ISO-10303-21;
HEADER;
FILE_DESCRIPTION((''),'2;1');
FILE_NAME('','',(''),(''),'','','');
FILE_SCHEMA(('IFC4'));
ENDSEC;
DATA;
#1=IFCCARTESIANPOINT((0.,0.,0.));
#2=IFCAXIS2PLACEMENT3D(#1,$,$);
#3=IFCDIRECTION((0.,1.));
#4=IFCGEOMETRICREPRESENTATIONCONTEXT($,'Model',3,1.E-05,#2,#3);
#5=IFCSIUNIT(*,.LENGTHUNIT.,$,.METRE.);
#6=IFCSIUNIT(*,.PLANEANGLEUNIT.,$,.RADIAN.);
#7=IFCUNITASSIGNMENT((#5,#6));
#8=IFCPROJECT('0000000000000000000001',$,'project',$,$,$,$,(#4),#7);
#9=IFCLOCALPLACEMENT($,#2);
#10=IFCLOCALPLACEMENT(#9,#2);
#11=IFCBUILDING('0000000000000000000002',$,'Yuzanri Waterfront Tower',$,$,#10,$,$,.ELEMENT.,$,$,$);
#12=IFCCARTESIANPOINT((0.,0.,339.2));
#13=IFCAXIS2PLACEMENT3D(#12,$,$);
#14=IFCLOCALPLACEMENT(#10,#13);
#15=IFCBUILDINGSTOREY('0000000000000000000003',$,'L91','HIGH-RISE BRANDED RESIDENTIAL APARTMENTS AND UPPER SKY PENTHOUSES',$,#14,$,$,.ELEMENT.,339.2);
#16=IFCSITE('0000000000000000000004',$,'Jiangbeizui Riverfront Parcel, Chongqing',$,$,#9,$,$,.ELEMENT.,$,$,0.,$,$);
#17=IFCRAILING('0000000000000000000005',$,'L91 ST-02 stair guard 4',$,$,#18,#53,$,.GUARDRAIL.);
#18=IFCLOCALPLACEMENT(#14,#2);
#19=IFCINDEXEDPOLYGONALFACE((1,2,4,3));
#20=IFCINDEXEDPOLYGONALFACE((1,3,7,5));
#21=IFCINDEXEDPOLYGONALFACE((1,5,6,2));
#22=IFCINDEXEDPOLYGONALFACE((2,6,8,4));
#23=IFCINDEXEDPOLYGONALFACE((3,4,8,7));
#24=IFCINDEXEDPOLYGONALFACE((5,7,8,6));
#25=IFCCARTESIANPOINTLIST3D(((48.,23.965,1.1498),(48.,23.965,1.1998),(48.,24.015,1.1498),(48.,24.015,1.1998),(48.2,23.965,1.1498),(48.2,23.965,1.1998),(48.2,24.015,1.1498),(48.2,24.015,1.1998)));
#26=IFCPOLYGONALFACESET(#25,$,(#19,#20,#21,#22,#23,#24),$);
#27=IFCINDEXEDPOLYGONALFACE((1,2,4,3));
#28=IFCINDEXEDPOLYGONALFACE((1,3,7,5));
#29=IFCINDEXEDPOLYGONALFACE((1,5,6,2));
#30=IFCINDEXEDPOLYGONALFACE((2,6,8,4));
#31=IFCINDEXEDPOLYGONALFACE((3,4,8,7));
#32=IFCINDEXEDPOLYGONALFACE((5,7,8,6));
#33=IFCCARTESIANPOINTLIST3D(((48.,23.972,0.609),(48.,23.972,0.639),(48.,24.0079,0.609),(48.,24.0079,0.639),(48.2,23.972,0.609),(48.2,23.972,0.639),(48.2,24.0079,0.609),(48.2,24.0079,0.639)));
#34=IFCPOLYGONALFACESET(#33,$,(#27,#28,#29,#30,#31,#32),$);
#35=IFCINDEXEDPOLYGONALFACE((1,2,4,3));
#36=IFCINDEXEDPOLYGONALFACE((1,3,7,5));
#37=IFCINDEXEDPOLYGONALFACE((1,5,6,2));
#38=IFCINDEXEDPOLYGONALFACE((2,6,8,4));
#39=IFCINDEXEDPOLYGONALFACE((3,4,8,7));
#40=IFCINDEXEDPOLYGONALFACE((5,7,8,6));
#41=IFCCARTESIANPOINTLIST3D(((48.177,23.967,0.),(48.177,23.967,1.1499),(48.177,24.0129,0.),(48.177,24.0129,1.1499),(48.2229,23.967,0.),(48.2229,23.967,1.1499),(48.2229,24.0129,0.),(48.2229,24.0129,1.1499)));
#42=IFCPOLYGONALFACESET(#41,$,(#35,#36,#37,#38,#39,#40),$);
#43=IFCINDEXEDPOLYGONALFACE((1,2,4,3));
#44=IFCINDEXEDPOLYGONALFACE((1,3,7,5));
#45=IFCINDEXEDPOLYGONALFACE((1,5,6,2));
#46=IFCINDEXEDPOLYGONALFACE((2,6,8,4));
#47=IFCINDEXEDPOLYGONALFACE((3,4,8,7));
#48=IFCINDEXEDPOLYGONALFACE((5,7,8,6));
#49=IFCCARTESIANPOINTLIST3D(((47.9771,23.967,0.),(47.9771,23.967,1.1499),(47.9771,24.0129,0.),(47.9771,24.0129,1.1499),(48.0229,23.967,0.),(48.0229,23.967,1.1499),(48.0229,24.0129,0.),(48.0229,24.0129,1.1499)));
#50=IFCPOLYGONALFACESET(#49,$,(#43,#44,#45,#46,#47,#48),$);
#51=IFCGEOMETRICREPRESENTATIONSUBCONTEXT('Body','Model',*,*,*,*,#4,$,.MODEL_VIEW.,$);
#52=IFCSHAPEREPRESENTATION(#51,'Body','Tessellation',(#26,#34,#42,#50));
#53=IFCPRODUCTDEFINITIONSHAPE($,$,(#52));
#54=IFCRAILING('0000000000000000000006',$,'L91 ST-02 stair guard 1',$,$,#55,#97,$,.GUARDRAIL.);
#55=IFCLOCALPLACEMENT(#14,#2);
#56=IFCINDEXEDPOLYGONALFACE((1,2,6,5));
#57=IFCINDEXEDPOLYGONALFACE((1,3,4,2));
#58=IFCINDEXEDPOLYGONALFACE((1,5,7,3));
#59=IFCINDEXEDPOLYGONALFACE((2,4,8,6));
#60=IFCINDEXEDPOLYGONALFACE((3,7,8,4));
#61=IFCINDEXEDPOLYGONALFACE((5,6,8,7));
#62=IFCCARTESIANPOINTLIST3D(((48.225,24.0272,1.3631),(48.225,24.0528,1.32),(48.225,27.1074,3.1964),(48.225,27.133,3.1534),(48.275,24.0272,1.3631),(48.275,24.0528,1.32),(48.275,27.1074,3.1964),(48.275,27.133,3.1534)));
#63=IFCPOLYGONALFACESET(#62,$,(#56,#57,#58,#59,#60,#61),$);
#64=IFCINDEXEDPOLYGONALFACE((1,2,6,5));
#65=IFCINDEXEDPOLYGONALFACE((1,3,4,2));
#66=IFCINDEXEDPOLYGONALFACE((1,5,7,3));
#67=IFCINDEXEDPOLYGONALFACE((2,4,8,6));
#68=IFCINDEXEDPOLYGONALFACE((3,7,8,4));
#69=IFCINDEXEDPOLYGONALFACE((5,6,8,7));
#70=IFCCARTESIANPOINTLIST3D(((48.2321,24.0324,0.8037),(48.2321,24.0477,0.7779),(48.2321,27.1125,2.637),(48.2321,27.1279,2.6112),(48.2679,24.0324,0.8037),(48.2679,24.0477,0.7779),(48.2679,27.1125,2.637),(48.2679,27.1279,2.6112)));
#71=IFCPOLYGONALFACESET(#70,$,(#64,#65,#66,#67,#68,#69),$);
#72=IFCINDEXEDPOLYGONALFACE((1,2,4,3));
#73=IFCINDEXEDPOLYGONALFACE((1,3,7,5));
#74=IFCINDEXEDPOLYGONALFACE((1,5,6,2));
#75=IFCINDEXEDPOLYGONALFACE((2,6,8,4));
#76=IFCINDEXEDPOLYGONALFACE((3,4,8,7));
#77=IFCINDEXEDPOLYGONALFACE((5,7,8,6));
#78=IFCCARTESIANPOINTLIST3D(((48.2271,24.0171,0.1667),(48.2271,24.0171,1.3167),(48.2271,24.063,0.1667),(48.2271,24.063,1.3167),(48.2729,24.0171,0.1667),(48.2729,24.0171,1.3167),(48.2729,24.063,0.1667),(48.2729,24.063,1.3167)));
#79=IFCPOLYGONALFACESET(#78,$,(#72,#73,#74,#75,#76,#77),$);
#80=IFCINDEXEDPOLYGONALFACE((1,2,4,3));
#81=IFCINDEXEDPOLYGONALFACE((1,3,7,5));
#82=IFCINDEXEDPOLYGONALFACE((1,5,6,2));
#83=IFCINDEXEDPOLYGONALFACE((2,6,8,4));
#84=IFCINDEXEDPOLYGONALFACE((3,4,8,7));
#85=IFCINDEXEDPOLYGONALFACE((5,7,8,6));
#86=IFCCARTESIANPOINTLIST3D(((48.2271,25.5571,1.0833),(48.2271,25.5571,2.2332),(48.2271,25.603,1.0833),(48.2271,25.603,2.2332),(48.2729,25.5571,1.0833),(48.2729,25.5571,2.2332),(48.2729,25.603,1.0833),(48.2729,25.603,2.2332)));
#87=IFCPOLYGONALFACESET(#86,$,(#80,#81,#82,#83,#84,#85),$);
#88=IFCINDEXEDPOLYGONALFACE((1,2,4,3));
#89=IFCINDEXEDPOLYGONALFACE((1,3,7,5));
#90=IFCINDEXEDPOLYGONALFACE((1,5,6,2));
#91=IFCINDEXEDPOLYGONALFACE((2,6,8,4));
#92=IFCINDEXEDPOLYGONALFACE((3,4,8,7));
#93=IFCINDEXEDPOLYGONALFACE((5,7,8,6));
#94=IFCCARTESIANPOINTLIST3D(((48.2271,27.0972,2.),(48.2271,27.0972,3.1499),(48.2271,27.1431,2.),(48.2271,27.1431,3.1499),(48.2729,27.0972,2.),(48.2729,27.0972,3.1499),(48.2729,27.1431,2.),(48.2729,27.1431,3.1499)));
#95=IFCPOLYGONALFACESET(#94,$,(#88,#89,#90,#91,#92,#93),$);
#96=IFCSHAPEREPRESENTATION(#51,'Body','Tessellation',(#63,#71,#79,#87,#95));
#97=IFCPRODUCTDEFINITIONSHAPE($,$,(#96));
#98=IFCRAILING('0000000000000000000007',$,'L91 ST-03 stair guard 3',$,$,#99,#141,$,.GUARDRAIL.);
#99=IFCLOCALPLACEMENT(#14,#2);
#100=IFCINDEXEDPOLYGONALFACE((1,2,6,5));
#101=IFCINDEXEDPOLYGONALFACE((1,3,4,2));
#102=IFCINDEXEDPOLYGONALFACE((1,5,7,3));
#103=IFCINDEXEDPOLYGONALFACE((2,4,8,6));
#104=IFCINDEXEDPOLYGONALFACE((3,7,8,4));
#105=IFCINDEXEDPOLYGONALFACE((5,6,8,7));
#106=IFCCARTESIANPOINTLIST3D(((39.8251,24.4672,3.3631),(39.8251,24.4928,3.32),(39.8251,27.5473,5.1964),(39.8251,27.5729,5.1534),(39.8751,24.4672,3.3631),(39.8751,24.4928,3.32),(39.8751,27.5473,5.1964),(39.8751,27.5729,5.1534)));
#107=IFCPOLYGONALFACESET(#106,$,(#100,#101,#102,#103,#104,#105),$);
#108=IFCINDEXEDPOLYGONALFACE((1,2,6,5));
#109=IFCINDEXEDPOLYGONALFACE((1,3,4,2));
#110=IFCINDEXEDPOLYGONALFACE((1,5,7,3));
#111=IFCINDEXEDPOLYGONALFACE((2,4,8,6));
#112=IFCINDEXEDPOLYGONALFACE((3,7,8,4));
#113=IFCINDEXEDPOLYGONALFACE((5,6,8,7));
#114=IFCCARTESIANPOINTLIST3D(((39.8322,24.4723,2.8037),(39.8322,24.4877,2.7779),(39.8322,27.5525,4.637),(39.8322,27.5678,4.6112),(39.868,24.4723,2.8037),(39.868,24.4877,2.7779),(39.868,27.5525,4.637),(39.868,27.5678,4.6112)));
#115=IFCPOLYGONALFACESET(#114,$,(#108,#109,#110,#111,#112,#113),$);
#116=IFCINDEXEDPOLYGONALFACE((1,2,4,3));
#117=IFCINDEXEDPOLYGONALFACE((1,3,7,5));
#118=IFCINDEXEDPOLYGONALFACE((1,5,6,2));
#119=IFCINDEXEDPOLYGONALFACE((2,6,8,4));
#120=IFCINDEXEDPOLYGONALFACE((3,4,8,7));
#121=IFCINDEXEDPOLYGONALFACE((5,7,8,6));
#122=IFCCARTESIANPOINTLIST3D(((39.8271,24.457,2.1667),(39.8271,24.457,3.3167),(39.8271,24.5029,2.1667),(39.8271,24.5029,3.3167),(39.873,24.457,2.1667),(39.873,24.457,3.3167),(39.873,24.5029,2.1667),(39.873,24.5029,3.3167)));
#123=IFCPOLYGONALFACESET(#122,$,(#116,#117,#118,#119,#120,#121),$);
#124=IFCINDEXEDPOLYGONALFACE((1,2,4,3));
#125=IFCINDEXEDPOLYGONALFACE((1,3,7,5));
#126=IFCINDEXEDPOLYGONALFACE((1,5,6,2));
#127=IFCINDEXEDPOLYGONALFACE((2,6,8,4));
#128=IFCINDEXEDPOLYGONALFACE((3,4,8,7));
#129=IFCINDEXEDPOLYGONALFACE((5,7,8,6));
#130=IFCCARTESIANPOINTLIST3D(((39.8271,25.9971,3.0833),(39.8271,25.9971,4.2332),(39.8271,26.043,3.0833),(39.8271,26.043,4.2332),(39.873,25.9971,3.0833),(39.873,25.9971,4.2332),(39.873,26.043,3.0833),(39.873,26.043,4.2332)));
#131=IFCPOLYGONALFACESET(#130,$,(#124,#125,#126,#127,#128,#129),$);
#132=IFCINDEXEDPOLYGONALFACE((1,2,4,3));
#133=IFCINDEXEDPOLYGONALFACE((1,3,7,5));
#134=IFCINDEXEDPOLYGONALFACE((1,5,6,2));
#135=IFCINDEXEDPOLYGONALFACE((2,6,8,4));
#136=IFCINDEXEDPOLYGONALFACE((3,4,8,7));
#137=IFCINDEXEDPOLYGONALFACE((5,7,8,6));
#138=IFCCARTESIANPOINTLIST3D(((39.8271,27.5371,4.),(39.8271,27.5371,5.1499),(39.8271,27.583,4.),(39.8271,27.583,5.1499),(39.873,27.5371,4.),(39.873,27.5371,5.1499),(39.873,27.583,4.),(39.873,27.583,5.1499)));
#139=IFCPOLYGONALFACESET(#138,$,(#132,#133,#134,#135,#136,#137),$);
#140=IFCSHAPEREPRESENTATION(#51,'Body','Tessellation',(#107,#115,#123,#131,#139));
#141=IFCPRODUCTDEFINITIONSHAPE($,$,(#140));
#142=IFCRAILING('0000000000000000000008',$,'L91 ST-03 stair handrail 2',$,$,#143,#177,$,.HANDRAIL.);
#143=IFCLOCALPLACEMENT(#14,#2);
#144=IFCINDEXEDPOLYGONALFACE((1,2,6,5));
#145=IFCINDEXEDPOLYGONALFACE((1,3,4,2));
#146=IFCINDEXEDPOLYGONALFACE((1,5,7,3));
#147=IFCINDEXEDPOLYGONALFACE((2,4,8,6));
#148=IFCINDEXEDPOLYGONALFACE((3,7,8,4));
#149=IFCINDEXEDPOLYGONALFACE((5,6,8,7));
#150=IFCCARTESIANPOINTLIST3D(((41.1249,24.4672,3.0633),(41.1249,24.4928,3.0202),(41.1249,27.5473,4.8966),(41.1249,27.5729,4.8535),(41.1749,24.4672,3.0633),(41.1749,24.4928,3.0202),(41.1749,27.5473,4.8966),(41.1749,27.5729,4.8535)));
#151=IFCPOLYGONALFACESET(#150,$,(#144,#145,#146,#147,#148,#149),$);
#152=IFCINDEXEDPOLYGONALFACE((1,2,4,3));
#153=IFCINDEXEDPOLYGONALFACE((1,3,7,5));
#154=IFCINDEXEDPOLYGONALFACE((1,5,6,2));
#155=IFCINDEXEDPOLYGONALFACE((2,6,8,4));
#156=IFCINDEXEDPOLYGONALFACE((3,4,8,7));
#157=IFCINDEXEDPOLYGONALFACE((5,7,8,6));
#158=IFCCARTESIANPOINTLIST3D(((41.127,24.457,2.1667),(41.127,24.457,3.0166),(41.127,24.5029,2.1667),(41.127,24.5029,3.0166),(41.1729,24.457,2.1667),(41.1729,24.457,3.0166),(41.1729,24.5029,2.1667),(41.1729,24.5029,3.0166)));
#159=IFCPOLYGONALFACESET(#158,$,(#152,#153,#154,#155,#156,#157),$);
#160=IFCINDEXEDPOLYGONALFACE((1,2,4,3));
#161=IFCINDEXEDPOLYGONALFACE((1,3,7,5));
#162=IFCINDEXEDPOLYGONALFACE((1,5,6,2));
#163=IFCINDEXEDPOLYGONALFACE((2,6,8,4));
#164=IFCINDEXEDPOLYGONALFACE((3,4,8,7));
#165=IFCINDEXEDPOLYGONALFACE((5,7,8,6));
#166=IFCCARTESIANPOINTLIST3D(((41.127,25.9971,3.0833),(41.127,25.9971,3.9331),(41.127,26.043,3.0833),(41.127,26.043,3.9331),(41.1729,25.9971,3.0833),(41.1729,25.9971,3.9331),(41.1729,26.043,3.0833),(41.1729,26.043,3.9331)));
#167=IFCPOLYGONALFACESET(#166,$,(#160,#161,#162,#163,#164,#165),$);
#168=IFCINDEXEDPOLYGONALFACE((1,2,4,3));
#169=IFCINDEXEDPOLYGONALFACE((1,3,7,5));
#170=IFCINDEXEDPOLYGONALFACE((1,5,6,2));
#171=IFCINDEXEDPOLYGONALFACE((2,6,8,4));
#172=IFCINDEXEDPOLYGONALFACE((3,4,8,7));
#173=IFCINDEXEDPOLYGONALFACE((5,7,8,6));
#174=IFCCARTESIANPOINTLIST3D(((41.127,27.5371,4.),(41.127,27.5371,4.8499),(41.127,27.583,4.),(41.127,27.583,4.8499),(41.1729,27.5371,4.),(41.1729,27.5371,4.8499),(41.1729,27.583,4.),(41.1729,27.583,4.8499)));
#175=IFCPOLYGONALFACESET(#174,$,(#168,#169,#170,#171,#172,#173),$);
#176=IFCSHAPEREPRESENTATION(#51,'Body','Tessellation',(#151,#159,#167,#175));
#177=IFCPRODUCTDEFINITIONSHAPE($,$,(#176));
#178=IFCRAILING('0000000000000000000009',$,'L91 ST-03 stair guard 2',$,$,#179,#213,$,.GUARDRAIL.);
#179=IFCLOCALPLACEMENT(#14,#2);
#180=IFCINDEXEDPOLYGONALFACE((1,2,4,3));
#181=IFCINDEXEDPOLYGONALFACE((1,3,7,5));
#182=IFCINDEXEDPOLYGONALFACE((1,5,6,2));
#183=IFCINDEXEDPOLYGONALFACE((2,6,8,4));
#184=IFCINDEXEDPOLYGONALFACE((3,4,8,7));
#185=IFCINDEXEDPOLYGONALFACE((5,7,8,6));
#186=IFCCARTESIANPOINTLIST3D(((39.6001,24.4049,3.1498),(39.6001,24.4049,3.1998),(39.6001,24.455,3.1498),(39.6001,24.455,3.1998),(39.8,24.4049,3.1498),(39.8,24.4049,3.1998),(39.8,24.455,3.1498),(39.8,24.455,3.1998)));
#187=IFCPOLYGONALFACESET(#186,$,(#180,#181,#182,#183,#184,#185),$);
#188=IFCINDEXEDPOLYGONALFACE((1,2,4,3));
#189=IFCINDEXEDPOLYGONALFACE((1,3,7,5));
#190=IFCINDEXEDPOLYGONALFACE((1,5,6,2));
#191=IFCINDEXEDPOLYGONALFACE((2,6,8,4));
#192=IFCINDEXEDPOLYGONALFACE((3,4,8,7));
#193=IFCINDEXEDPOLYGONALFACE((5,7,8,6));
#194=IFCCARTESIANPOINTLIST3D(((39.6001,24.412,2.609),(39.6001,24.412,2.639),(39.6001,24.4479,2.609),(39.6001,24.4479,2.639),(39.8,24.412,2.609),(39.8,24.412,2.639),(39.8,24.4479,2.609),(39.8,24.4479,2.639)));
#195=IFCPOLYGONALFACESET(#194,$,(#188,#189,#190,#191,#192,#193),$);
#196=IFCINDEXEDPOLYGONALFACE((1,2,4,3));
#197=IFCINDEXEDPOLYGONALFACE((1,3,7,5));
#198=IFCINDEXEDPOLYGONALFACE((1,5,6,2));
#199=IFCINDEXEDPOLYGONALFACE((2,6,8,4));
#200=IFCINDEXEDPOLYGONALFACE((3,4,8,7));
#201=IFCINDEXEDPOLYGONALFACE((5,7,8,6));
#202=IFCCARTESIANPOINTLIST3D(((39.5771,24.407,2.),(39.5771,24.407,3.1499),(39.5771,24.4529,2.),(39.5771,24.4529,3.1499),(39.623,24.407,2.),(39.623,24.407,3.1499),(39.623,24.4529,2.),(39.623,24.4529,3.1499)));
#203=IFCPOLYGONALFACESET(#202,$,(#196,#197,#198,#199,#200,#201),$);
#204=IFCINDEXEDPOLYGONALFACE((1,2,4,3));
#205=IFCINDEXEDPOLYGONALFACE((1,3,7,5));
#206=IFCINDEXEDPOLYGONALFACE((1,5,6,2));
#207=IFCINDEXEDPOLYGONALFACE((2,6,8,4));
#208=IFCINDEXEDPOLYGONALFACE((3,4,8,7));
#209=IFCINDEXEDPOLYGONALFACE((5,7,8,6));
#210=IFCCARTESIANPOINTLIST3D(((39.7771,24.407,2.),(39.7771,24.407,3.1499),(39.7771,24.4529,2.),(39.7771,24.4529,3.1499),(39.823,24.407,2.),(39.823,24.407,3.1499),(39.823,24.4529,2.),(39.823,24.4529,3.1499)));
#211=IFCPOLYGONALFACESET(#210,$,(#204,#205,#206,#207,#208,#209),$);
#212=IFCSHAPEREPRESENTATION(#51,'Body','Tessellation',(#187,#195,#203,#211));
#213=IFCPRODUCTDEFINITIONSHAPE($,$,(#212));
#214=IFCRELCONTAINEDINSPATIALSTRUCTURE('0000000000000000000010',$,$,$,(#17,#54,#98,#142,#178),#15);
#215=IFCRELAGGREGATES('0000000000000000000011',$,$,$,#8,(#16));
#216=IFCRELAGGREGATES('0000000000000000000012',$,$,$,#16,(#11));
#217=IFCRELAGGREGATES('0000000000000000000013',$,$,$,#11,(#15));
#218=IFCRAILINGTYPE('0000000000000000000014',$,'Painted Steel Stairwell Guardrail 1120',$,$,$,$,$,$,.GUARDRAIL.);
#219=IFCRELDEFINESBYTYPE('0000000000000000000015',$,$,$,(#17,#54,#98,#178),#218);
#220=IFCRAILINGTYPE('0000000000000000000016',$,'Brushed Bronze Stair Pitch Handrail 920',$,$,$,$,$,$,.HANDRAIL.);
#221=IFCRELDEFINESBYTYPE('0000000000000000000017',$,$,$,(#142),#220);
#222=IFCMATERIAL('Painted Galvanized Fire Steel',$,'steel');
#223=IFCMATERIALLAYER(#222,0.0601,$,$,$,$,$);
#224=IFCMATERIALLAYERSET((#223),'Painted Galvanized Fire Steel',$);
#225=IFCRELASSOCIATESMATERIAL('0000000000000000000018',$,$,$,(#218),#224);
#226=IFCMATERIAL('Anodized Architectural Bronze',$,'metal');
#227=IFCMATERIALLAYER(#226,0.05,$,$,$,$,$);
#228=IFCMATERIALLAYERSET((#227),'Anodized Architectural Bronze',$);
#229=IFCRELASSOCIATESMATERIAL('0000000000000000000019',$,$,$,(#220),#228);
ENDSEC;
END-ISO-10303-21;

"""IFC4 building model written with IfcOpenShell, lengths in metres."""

from ifc_helpers import new_model, si_unit, direction, frame, origin, origin_2d, place, context, subcontext, project, spatial, rectangle, extrude, source, transform, mapped, material, layer, layer_set, type_object, element, save


model = new_model("IFC4")

# Units and contexts
model_context = context("Model", 3, precision=1e-05, world=origin(), true_north=direction((0.0, 1.0)))
body_context = subcontext(model_context, "Body", "Model", "MODEL_VIEW")
ifc_project = project(units=[si_unit("LENGTHUNIT", "METRE"), si_unit("PLANEANGLEUNIT", "RADIAN")], contexts=[model_context])

# Site, building, storey
site_placement = place(None, origin())
site = spatial("IfcSite", under=ifc_project, at=site_placement, Name="Jiangbeizui Riverfront Parcel, Chongqing", CompositionType="ELEMENT", RefElevation=0.0)
building_placement = place(site_placement, origin())
building = spatial("IfcBuilding", under=site, at=building_placement, Name="Yuzanri Waterfront Tower", CompositionType="ELEMENT")
storey_placement = place(building_placement, frame((0.0, 0.0, 339.2)))
storey = spatial("IfcBuildingStorey", under=building, at=storey_placement, Name="L91", Description="HIGH-RISE BRANDED RESIDENTIAL APARTMENTS AND UPPER SKY PENTHOUSES", CompositionType="ELEMENT", Elevation=339.2)

# Railings
ifc_material_1 = material(Name="Painted Galvanized Fire Steel", Category="steel")
ifc_layer_1 = layer(ifc_material_1, 0.0601)
ifc_layer_set_1 = layer_set([ifc_layer_1], Name="Painted Galvanized Fire Steel")
railing_type_1 = type_object("IfcRailingType", Name="Painted Steel Stairwell Guardrail 1120", PredefinedType="GUARDRAIL", material=ifc_layer_set_1)
shared_shape_1 = source(origin(), body_context, "Body", "SweptSolid", [
    extrude(rectangle(XDim=0.05, YDim=0.05, at=origin_2d()), frame((0.0, 0.0, 1.1748), z_axis=(-1.0, 0.0, 0.0), x_axis=(0.0, -1.0, 0.0)), (0.0, 0.0, 1.0), 0.2),
    extrude(rectangle(XDim=0.0359, YDim=0.03, at=origin_2d()), frame((0.0, 0.0, 0.624), z_axis=(-1.0, 0.0, 0.0), x_axis=(0.0, -1.0, 0.0)), (0.0, 0.0, 1.0), 0.2),
    extrude(rectangle(XDim=0.0459, YDim=0.0459, at=origin_2d()), origin(), (0.0, 0.0, 1.0), 1.1499),
    extrude(rectangle(XDim=0.0459, YDim=0.0459, at=origin_2d()), frame((-0.2, 0.0, 0.0)), (0.0, 0.0, 1.0), 1.1499),
])
railing_1_placement = place(storey_placement, frame((48.2, 23.99, 0.0)))
element("IfcRailing", 1, at=railing_1_placement, inside=storey, type_object=railing_type_1, Name="L91 ST-02 stair guard 4", PredefinedType="GUARDRAIL", context=body_context, shape_type="MappedRepresentation", body=[
    mapped(shared_shape_1, transform((0.0, 0.0, 0.0), scale=1.0)),
])
shared_shape_2 = source(origin(), body_context, "Body", "SweptSolid", [
    extrude(rectangle(XDim=0.05, YDim=0.05, at=origin_2d()), frame((0.0, 0.0, 1.1748), z_axis=(0.0, 0.859309, 0.511458), x_axis=(-1.0, 0.0, 0.0)), (0.0, 0.0, 1.0), 3.5845),
    extrude(rectangle(XDim=0.0359, YDim=0.03, at=origin_2d()), frame((0.0, 0.0, 0.624), z_axis=(0.0, 0.859309, 0.511458), x_axis=(-1.0, 0.0, 0.0)), (0.0, 0.0, 1.0), 3.5845),
    extrude(rectangle(XDim=0.0459, YDim=0.0459, at=origin_2d()), origin(), (0.0, 0.0, 1.0), 1.1499),
    extrude(rectangle(XDim=0.0459, YDim=0.0459, at=origin_2d()), frame((0.0, 1.54, 0.9165)), (0.0, 0.0, 1.0), 1.1499),
    extrude(rectangle(XDim=0.0459, YDim=0.0459, at=origin_2d()), frame((0.0, 3.0801, 1.8333)), (0.0, 0.0, 1.0), 1.1499),
])
for number, where, name in (
    (2, (48.25, 24.04, 0.1667), "L91 ST-02 stair guard 1"),
    (3, (39.8501, 24.48, 2.1667), "L91 ST-03 stair guard 3"),
):
    element("IfcRailing", number, at=place(storey_placement, frame(where)), inside=storey, type_object=railing_type_1, Name=name, PredefinedType="GUARDRAIL", context=body_context, shape_type="MappedRepresentation", body=[
        mapped(shared_shape_2, transform((0.0, 0.0, 0.0), scale=1.0)),
    ])
ifc_material_2 = material(Name="Anodized Architectural Bronze", Category="metal")
ifc_layer_2 = layer(ifc_material_2, 0.05)
ifc_layer_set_2 = layer_set([ifc_layer_2], Name="Anodized Architectural Bronze")
railing_type_2 = type_object("IfcRailingType", Name="Brushed Bronze Stair Pitch Handrail 920", PredefinedType="HANDRAIL", material=ifc_layer_set_2)
shared_shape_3 = source(origin(), body_context, "Body", "SweptSolid", [
    extrude(rectangle(XDim=0.05, YDim=0.05, at=origin_2d()), frame((0.0, 0.0, 0.875), z_axis=(0.0, 0.859309, 0.511458), x_axis=(-1.0, 0.0, 0.0)), (0.0, 0.0, 1.0), 3.5845),
    extrude(rectangle(XDim=0.0459, YDim=0.0459, at=origin_2d()), origin(), (0.0, 0.0, 1.0), 0.8499),
    extrude(rectangle(XDim=0.0459, YDim=0.0459, at=origin_2d()), frame((0.0, 1.54, 0.9165)), (0.0, 0.0, 1.0), 0.8499),
    extrude(rectangle(XDim=0.0459, YDim=0.0459, at=origin_2d()), frame((0.0, 3.0801, 1.8333)), (0.0, 0.0, 1.0), 0.8499),
])
railing_2_placement = place(storey_placement, frame((41.1499, 24.48, 2.1667)))
element("IfcRailing", 4, at=railing_2_placement, inside=storey, type_object=railing_type_2, Name="L91 ST-03 stair handrail 2", PredefinedType="HANDRAIL", context=body_context, shape_type="MappedRepresentation", body=[
    mapped(shared_shape_3, transform((0.0, 0.0, 0.0), scale=1.0)),
])
shared_shape_4 = source(origin(), body_context, "Body", "SweptSolid", [
    extrude(rectangle(XDim=0.05, YDim=0.05, at=origin_2d()), frame((0.0, 0.0, 1.1748), z_axis=(1.0, 0.0, 0.0), x_axis=(0.0, 1.0, 0.0)), (0.0, 0.0, 1.0), 0.2),
    extrude(rectangle(XDim=0.0359, YDim=0.03, at=origin_2d()), frame((0.0, 0.0, 0.624), z_axis=(1.0, 0.0, 0.0), x_axis=(0.0, 1.0, 0.0)), (0.0, 0.0, 1.0), 0.2),
    extrude(rectangle(XDim=0.0459, YDim=0.0459, at=origin_2d()), origin(), (0.0, 0.0, 1.0), 1.1499),
    extrude(rectangle(XDim=0.0459, YDim=0.0459, at=origin_2d()), frame((0.2, 0.0, 0.0)), (0.0, 0.0, 1.0), 1.1499),
])
railing_3_placement = place(storey_placement, frame((39.6001, 24.4299, 2.0)))
element("IfcRailing", 5, at=railing_3_placement, inside=storey, type_object=railing_type_1, Name="L91 ST-03 stair guard 2", PredefinedType="GUARDRAIL", context=body_context, shape_type="MappedRepresentation", body=[
    mapped(shared_shape_4, transform((0.0, 0.0, 0.0), scale=1.0)),
])

save(model, "model.ifc")
